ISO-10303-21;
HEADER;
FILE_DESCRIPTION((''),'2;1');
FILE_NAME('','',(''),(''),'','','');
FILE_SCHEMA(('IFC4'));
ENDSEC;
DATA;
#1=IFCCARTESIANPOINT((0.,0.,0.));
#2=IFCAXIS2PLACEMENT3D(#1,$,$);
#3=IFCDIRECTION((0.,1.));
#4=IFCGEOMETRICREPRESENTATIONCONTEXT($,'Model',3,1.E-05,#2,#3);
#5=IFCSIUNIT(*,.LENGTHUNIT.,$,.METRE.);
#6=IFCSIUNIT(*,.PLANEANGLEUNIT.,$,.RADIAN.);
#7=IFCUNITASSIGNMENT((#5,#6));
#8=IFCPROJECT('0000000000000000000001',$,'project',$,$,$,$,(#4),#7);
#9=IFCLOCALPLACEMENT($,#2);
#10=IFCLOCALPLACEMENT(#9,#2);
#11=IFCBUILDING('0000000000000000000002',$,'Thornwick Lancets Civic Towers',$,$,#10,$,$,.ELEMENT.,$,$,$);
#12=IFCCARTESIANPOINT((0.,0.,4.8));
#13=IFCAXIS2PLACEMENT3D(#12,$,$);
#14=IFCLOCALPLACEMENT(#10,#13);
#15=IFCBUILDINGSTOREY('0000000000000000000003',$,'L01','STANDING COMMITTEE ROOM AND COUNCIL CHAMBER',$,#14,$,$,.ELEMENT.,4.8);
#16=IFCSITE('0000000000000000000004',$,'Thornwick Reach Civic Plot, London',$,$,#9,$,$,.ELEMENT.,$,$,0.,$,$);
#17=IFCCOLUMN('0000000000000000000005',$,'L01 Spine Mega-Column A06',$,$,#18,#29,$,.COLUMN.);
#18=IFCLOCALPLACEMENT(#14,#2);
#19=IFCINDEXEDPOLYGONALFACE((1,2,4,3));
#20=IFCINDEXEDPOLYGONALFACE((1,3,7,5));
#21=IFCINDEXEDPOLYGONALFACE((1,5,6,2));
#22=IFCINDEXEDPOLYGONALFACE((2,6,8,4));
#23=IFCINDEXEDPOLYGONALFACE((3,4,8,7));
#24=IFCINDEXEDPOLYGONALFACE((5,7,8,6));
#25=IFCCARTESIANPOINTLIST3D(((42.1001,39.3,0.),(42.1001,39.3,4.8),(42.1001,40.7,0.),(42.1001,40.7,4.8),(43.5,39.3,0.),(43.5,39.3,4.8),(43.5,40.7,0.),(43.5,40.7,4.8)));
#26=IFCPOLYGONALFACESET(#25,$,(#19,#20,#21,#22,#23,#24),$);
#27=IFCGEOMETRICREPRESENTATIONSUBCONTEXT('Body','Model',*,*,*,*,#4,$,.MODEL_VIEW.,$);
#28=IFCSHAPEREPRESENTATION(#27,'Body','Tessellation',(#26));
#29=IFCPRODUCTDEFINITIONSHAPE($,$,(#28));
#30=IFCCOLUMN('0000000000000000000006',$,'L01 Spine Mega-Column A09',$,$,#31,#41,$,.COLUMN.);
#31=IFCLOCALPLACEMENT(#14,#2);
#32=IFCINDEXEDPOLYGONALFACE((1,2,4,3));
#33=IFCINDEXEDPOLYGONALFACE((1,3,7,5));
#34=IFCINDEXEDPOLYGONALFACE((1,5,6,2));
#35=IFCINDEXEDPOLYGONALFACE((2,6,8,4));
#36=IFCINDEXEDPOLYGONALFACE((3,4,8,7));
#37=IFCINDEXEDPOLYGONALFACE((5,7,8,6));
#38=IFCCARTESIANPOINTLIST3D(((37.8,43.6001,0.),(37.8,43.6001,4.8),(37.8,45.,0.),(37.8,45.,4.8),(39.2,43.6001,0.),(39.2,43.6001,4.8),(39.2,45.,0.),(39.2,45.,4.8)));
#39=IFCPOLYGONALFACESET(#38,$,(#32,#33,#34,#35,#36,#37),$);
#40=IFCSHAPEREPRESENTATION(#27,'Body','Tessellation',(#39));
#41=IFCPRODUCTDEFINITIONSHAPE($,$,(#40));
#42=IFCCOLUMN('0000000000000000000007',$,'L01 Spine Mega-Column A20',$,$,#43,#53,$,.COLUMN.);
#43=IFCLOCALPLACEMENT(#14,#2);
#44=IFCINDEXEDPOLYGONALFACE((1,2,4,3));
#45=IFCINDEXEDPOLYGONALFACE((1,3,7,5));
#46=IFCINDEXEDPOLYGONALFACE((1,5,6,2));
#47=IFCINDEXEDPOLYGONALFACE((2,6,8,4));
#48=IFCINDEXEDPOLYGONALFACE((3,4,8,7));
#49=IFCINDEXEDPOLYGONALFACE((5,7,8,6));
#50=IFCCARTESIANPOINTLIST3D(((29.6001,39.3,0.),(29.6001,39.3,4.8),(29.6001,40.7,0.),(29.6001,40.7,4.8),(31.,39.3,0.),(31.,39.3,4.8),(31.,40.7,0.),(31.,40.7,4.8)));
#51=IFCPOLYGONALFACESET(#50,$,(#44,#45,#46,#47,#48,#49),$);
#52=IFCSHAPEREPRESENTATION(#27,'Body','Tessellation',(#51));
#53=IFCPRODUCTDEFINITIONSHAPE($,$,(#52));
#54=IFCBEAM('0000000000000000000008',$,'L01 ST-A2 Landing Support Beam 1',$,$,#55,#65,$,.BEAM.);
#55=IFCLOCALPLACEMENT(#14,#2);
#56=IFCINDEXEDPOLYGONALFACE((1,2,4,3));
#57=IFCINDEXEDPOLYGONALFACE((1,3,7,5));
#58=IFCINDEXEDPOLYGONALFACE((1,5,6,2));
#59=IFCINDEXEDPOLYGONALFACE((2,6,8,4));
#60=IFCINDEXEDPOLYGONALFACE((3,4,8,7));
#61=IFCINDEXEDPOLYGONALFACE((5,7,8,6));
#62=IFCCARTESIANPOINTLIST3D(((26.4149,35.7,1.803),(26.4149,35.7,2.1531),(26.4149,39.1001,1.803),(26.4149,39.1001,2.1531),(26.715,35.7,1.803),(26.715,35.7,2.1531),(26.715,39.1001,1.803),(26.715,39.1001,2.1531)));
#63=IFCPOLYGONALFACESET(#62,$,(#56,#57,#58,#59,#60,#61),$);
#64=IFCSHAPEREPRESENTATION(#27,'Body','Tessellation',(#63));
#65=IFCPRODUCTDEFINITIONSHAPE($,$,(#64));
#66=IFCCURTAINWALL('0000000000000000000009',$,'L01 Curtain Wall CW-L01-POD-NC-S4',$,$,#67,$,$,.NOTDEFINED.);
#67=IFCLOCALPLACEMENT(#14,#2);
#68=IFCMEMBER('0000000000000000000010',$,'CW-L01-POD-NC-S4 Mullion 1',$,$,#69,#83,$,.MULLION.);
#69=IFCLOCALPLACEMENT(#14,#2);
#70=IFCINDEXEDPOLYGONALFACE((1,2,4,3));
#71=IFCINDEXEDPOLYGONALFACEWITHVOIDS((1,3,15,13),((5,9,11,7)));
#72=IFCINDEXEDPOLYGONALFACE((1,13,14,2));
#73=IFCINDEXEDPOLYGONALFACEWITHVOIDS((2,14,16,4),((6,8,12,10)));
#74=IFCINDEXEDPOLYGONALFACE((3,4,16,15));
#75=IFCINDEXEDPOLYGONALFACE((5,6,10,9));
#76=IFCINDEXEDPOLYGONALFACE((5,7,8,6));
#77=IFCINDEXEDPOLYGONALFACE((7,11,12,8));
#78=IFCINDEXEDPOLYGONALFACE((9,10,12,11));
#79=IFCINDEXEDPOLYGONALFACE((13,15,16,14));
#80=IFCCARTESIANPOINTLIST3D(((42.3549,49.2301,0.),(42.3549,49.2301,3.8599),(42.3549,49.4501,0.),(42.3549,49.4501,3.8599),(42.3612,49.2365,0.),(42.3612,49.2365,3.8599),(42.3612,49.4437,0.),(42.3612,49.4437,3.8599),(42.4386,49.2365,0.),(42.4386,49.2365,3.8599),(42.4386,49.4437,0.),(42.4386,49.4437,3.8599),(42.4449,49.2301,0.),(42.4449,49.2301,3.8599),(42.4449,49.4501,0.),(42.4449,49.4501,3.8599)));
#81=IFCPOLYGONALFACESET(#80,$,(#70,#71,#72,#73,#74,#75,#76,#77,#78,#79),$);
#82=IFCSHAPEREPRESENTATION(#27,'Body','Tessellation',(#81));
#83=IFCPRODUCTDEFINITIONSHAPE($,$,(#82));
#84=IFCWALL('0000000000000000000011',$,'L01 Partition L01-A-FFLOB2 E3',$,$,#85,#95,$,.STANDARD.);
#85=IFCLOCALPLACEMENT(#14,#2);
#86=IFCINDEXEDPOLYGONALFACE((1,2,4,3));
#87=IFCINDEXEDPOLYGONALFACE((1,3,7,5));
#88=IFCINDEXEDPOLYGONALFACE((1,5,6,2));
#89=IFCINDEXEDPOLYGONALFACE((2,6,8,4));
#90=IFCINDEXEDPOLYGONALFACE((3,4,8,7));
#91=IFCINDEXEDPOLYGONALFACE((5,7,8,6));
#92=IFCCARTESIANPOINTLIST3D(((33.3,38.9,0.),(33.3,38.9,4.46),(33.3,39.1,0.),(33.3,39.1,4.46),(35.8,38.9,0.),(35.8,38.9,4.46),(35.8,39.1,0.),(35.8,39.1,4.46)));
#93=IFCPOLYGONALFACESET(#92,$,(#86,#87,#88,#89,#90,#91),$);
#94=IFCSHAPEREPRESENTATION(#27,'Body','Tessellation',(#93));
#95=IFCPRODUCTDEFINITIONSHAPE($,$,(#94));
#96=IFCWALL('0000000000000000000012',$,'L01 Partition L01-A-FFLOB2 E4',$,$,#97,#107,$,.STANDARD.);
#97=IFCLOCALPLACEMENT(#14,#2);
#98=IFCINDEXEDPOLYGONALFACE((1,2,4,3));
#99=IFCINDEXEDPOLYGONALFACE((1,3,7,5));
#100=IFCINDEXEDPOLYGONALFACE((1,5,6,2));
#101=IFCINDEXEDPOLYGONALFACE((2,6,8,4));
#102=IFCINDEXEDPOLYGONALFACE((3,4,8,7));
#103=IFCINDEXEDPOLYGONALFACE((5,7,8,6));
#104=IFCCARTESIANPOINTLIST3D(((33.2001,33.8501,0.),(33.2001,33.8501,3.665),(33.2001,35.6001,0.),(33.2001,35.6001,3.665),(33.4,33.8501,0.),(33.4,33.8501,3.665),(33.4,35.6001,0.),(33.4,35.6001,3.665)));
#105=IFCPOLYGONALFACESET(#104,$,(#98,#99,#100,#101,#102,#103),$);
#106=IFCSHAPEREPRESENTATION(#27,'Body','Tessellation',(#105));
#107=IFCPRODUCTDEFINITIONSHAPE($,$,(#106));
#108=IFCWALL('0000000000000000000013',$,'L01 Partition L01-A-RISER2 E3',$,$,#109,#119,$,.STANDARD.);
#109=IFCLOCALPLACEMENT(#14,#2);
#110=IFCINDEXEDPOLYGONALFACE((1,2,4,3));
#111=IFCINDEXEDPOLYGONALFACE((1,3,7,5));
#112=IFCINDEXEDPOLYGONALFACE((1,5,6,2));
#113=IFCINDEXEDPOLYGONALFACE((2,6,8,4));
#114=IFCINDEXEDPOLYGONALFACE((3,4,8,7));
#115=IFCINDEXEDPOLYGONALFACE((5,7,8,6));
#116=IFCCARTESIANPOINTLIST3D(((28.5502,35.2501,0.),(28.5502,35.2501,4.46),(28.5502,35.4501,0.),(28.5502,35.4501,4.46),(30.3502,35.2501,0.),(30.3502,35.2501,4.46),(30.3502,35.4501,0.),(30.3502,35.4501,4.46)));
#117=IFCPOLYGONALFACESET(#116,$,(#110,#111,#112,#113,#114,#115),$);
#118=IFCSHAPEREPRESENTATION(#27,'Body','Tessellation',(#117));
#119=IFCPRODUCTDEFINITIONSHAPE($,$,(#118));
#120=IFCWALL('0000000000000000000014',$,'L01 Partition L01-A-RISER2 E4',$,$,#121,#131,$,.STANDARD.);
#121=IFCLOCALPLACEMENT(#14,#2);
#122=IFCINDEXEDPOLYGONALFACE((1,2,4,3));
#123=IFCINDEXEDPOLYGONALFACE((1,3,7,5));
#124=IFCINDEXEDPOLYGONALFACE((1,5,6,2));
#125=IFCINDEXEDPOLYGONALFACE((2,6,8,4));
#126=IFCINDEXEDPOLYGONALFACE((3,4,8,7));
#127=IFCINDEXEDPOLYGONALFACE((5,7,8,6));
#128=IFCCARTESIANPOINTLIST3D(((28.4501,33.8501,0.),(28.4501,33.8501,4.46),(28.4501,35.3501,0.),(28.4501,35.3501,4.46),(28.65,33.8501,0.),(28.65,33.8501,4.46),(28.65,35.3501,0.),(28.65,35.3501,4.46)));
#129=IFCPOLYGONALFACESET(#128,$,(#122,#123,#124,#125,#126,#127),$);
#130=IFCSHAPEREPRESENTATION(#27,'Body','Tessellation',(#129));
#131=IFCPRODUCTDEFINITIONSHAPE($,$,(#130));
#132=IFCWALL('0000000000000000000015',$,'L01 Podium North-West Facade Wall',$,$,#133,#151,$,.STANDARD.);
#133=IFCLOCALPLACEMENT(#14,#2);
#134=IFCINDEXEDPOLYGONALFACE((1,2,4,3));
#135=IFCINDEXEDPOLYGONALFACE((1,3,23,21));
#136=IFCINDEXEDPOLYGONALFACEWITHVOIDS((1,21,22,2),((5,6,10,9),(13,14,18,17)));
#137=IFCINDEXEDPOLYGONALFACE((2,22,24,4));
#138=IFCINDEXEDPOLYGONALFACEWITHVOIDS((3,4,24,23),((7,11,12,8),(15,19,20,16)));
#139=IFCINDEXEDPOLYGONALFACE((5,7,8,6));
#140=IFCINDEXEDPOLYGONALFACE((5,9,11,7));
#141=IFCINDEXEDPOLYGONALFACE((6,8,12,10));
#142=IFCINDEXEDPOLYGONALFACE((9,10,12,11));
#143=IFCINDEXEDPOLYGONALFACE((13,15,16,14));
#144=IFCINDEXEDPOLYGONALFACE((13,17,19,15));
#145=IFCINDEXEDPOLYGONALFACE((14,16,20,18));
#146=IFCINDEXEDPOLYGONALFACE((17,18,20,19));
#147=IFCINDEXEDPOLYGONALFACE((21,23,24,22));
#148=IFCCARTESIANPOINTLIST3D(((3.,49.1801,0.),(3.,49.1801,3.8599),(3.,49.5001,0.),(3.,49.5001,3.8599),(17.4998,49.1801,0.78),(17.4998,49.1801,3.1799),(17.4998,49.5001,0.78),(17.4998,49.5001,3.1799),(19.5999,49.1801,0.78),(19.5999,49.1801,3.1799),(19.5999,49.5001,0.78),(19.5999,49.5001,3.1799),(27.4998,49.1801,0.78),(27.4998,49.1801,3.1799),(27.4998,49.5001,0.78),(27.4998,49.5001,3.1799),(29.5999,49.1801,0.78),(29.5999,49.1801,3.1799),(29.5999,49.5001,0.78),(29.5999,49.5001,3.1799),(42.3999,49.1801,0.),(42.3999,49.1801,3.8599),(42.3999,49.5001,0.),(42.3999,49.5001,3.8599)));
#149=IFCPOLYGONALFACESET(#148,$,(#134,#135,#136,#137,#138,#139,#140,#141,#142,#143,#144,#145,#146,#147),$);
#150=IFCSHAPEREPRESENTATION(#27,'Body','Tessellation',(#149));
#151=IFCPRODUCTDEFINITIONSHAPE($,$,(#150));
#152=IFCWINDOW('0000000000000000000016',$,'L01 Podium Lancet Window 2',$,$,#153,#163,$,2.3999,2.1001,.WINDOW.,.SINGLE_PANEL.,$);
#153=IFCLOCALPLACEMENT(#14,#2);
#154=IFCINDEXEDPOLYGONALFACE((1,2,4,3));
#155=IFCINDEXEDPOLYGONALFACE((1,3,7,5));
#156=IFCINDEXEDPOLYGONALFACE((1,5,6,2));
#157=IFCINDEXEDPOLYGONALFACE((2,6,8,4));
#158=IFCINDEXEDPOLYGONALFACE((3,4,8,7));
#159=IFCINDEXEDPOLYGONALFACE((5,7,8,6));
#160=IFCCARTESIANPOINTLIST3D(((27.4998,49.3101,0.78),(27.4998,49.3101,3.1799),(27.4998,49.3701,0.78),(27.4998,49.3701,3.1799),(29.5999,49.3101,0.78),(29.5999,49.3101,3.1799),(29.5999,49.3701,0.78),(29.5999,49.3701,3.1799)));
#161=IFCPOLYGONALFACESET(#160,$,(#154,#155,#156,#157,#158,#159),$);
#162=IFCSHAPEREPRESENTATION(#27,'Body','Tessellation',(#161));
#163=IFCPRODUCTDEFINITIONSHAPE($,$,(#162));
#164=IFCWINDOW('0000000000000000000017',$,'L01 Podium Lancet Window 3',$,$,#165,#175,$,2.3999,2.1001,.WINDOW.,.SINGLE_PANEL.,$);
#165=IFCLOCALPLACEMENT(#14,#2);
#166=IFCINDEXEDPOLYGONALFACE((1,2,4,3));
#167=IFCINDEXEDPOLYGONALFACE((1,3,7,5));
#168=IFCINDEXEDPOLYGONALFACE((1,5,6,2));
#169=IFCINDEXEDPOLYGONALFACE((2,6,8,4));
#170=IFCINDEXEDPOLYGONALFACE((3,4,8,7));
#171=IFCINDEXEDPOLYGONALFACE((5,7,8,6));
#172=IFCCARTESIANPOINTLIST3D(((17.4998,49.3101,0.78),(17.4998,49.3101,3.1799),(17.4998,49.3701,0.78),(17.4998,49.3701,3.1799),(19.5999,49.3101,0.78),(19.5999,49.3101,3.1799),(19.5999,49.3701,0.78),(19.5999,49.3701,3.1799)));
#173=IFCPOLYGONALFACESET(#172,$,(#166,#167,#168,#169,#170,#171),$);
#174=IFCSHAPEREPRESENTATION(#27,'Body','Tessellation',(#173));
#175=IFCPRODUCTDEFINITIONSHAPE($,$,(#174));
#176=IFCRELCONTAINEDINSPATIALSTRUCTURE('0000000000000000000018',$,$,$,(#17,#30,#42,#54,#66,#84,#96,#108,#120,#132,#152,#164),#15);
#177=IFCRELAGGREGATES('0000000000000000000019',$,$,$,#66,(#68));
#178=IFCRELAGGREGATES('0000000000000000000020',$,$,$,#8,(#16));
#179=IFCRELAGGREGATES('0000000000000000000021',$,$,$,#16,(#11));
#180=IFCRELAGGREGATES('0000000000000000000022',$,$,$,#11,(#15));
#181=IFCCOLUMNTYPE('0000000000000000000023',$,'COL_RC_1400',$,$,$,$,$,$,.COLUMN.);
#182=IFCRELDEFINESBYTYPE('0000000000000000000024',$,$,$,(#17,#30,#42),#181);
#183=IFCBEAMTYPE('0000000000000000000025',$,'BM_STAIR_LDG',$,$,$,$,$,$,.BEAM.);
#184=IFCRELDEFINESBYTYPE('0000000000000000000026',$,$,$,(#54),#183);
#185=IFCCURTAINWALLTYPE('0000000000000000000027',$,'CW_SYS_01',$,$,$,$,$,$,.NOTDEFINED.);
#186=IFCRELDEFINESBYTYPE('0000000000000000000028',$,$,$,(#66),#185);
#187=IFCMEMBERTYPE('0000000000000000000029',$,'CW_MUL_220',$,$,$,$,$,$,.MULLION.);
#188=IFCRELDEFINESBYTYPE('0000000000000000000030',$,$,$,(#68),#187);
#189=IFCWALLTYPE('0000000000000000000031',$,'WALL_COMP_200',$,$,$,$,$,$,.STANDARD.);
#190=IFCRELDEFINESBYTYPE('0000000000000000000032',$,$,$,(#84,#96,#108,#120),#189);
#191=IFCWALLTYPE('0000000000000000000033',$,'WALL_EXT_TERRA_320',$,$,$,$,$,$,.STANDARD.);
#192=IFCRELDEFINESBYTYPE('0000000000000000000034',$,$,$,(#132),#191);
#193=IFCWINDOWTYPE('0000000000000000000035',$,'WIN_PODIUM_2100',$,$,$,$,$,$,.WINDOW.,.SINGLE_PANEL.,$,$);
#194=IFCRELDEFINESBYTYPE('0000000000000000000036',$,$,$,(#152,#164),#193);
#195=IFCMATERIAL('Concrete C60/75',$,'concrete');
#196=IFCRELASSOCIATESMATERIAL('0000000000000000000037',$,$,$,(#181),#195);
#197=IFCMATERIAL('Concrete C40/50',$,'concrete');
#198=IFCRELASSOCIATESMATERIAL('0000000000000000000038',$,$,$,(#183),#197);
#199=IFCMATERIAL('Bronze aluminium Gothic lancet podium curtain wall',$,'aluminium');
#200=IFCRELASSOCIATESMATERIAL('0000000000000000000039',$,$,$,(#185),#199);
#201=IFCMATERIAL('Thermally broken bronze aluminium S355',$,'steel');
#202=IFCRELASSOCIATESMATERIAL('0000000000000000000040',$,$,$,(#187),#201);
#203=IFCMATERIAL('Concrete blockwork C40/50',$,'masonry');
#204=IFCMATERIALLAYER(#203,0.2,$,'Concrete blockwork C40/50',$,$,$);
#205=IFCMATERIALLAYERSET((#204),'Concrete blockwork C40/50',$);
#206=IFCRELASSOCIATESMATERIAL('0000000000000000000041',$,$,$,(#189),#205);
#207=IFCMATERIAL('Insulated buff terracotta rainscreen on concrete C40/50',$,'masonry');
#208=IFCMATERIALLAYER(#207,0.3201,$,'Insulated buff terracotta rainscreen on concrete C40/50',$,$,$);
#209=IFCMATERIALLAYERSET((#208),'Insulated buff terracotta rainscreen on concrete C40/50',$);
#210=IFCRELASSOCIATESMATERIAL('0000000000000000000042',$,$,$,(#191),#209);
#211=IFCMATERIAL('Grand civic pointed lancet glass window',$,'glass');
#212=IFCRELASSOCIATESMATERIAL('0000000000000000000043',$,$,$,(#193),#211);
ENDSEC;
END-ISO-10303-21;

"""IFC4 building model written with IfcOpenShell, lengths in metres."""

from ifc_helpers import new_model, si_unit, direction, frame, frame_2d, origin, origin_2d, place, context, subcontext, project, spatial, rectangle, hollow_rectangle, extrude, material, layer, layer_set, material_profile, profile_set, type_object, element, fill, aggregate, save


model = new_model("IFC4")

# Units and contexts
model_context = context("Model", 3, precision=1e-05, world=origin(), true_north=direction((0.0, 1.0)))
body_context = subcontext(model_context, "Body", "Model", "MODEL_VIEW")
ifc_project = project(units=[si_unit("LENGTHUNIT", "METRE"), si_unit("PLANEANGLEUNIT", "RADIAN")], contexts=[model_context])

# Site, building, storey
site_placement = place(None, origin())
site = spatial("IfcSite", under=ifc_project, at=site_placement, Name="Thornwick Reach Civic Plot, London", CompositionType="ELEMENT", RefElevation=0.0)
building_placement = place(site_placement, origin())
building = spatial("IfcBuilding", under=site, at=building_placement, Name="Thornwick Lancets Civic Towers", CompositionType="ELEMENT")
storey_placement = place(building_placement, frame((0.0, 0.0, 4.8)))
storey = spatial("IfcBuildingStorey", under=building, at=storey_placement, Name="L01", Description="STANDING COMMITTEE ROOM AND COUNCIL CHAMBER", CompositionType="ELEMENT", Elevation=4.8)

# Columns
ifc_material_1 = material(Name="Concrete C60/75", Category="concrete")
ifc_material_profile_1 = material_profile(ifc_material_1, rectangle(XDim=1.3999, YDim=1.3999, at=origin_2d()), Name="RC 1400x1400")
ifc_profile_set_1 = profile_set([ifc_material_profile_1], Name="Concrete C60/75")
column_type = type_object("IfcColumnType", Name="COL_RC_1400", PredefinedType="COLUMN", material=ifc_profile_set_1)
for number, where, z_axis, x_axis, name in (
    (1, (42.8, 40.0, 0.0), (0.0, 0.0, 1.0), (1.0, 0.0, 0.0), "L01 Spine Mega-Column A06"),
    (2, (38.5, 44.3, 0.0), (0.0, 0.0, 1.0), (1.0, 0.0, 0.0), "L01 Spine Mega-Column A09"),
    (3, (30.3, 40.0, 0.0), (0.0, 0.0, 1.0), (1.0, 0.0, 0.0), "L01 Spine Mega-Column A20"),
):
    element("IfcColumn", number, at=place(storey_placement, frame(where, z_axis=z_axis, x_axis=x_axis)), inside=storey, type_object=column_type, Name=name, PredefinedType="COLUMN", context=body_context, shape_type="SweptSolid", body=[
        extrude(rectangle(XDim=1.3999, YDim=1.3999, at=origin_2d()), origin(), (0.0, 0.0, 1.0), 4.8),
    ])

# Beam
ifc_material_2 = material(Name="Concrete C40/50", Category="concrete")
ifc_material_profile_2 = material_profile(ifc_material_2, rectangle(XDim=0.3, YDim=0.3501, at=origin_2d()), Name="RC 300x350")
ifc_profile_set_2 = profile_set([ifc_material_profile_2], Name="Concrete C40/50")
beam_type = type_object("IfcBeamType", Name="BM_STAIR_LDG", PredefinedType="BEAM", material=ifc_profile_set_2)
beam_placement = place(storey_placement, frame((26.5649, 39.1001, 1.978), z_axis=(0.0, -1.0, 0.0), x_axis=(1.0, 0.0, 0.0)))
element("IfcBeam", 4, at=beam_placement, inside=storey, type_object=beam_type, Name="L01 ST-A2 Landing Support Beam 1", PredefinedType="BEAM", context=body_context, shape_type="SweptSolid", body=[
    extrude(rectangle(XDim=0.3, YDim=0.3501, at=origin_2d()), origin(), (0.0, 0.0, 1.0), 3.4001),
])

# Curtain wall, member
ifc_material_3 = material(Name="Bronze aluminium Gothic lancet podium curtain wall", Category="aluminium")
curtain_wall_type = type_object("IfcCurtainWallType", Name="CW_SYS_01", PredefinedType="NOTDEFINED", material=ifc_material_3)
curtain_wall_placement = place(storey_placement, origin())
curtain_wall = element("IfcCurtainWall", 5, at=curtain_wall_placement, inside=storey, type_object=curtain_wall_type, Name="L01 Curtain Wall CW-L01-POD-NC-S4", PredefinedType="NOTDEFINED")
ifc_material_4 = material(Name="Thermally broken bronze aluminium S355", Category="steel")
ifc_material_profile_3 = material_profile(ifc_material_4, hollow_rectangle(XDim=0.0901, YDim=0.22, WallThickness=0.0063, at=origin_2d()), Name="RHS 220x90x6.3")
ifc_profile_set_3 = profile_set([ifc_material_profile_3], Name="Thermally broken bronze aluminium S355")
member_type = type_object("IfcMemberType", Name="CW_MUL_220", PredefinedType="MULLION", material=ifc_profile_set_3)
member_placement = place(storey_placement, frame((42.3999, 49.3401, 0.0), z_axis=(0.0, 0.0, 1.0), x_axis=(1.0, 0.0, 0.0)))
member = element("IfcMember", 6, at=member_placement, type_object=member_type, Name="CW-L01-POD-NC-S4 Mullion 1", PredefinedType="MULLION", context=body_context, shape_type="SweptSolid", body=[
    extrude(hollow_rectangle(XDim=0.0901, YDim=0.22, WallThickness=0.0063, at=origin_2d()), origin(), (0.0, 0.0, 1.0), 3.8599),
])
aggregate(curtain_wall, [member])

# Walls
ifc_material_5 = material(Name="Concrete blockwork C40/50", Category="masonry")
ifc_layer_1 = layer(ifc_material_5, 0.2, Name="Concrete blockwork C40/50")
ifc_layer_set_1 = layer_set([ifc_layer_1], Name="Concrete blockwork C40/50")
wall_type_1 = type_object("IfcWallType", Name="WALL_COMP_200", PredefinedType="STANDARD", material=ifc_layer_set_1)
wall_1_placement = place(storey_placement, frame((35.8, 39.0, 0.0), z_axis=(0.0, 0.0, 1.0), x_axis=(-1.0, 0.0, 0.0)))
element("IfcWall", 7, at=wall_1_placement, inside=storey, type_object=wall_type_1, Name="L01 Partition L01-A-FFLOB2 E3", PredefinedType="STANDARD", context=body_context, shape_type="SweptSolid", body=[
    extrude(rectangle(XDim=2.5, YDim=0.2, at=frame_2d((1.25, 0.0))), origin(), (0.0, 0.0, 1.0), 4.46),
])
wall_2_placement = place(storey_placement, frame((33.3, 35.6001, 0.0), z_axis=(0.0, 0.0, 1.0), x_axis=(0.0, -1.0, 0.0)))
element("IfcWall", 8, at=wall_2_placement, inside=storey, type_object=wall_type_1, Name="L01 Partition L01-A-FFLOB2 E4", PredefinedType="STANDARD", context=body_context, shape_type="SweptSolid", body=[
    extrude(rectangle(XDim=1.75, YDim=0.2, at=frame_2d((0.875, 0.0))), origin(), (0.0, 0.0, 1.0), 3.665),
])
wall_3_placement = place(storey_placement, frame((30.3501, 35.3501, 0.0), z_axis=(0.0, 0.0, 1.0), x_axis=(-1.0, 0.0, 0.0)))
element("IfcWall", 9, at=wall_3_placement, inside=storey, type_object=wall_type_1, Name="L01 Partition L01-A-RISER2 E3", PredefinedType="STANDARD", context=body_context, shape_type="SweptSolid", body=[
    extrude(rectangle(XDim=1.8, YDim=0.2, at=frame_2d((0.8999, 0.0))), origin(), (0.0, 0.0, 1.0), 4.46),
])
wall_4_placement = place(storey_placement, frame((28.55, 35.3501, 0.0), z_axis=(0.0, 0.0, 1.0), x_axis=(0.0, -1.0, 0.0)))
element("IfcWall", 10, at=wall_4_placement, inside=storey, type_object=wall_type_1, Name="L01 Partition L01-A-RISER2 E4", PredefinedType="STANDARD", context=body_context, shape_type="SweptSolid", body=[
    extrude(rectangle(XDim=1.5, YDim=0.2, at=frame_2d((0.75, 0.0))), origin(), (0.0, 0.0, 1.0), 4.46),
])

# Wall, openings, windows
ifc_material_6 = material(Name="Insulated buff terracotta rainscreen on concrete C40/50", Category="masonry")
ifc_layer_2 = layer(ifc_material_6, 0.3201, Name="Insulated buff terracotta rainscreen on concrete C40/50")
ifc_layer_set_2 = layer_set([ifc_layer_2], Name="Insulated buff terracotta rainscreen on concrete C40/50")
wall_type_2 = type_object("IfcWallType", Name="WALL_EXT_TERRA_320", PredefinedType="STANDARD", material=ifc_layer_set_2)
wall_5_placement = place(storey_placement, frame((42.3999, 49.3401, 0.0), z_axis=(0.0, 0.0, 1.0), x_axis=(-1.0, 0.0, 0.0)))
wall_5 = element("IfcWall", 11, at=wall_5_placement, inside=storey, type_object=wall_type_2, Name="L01 Podium North-West Facade Wall", PredefinedType="STANDARD", context=body_context, shape_type="SweptSolid", body=[
    extrude(rectangle(XDim=39.3999, YDim=0.3201, at=frame_2d((19.7, 0.0))), origin(), (0.0, 0.0, 1.0), 3.8599),
])
opening_1_placement = place(wall_5_placement, frame((12.8, 0.0, 0.78)))
opening_1 = element("IfcOpeningElement", 12, at=opening_1_placement, cuts=wall_5, PredefinedType="OPENING", context=body_context, shape_type="SweptSolid", body=[
    extrude(rectangle(XDim=2.1001, YDim=2.3999, at=frame_2d((1.05, 1.2))), frame((0.0, 0.1699, 0.0), z_axis=(0.0, -1.0, 0.0), x_axis=(1.0, 0.0, 0.0)), (0.0, 0.0, 1.0), 0.3401),
])
opening_2_placement = place(wall_5_placement, frame((22.8, 0.0, 0.78)))
opening_2 = element("IfcOpeningElement", 13, at=opening_2_placement, cuts=wall_5, PredefinedType="OPENING", context=body_context, shape_type="SweptSolid", body=[
    extrude(rectangle(XDim=2.1001, YDim=2.3999, at=frame_2d((1.05, 1.2))), frame((0.0, 0.1699, 0.0), z_axis=(0.0, -1.0, 0.0), x_axis=(1.0, 0.0, 0.0)), (0.0, 0.0, 1.0), 0.3401),
])
ifc_material_7 = material(Name="Grand civic pointed lancet glass window", Category="glass")
window_type = type_object("IfcWindowType", Name="WIN_PODIUM_2100", PartitioningType="SINGLE_PANEL", PredefinedType="WINDOW", material=ifc_material_7)
window_1_placement = place(opening_1_placement, origin())
window_1 = element("IfcWindow", 14, at=window_1_placement, inside=storey, type_object=window_type, Name="L01 Podium Lancet Window 2", OverallHeight=2.3999, OverallWidth=2.1001, PartitioningType="SINGLE_PANEL", PredefinedType="WINDOW", context=body_context, shape_type="SweptSolid", body=[
    extrude(rectangle(XDim=2.1001, YDim=2.3999, at=frame_2d((1.05, 1.2))), frame((0.0, 0.03, 0.0), z_axis=(0.0, -1.0, 0.0), x_axis=(1.0, 0.0, 0.0)), (0.0, 0.0, 1.0), 0.0601),
])
fill(opening_1, window_1)
window_2_placement = place(opening_2_placement, origin())
window_2 = element("IfcWindow", 15, at=window_2_placement, inside=storey, type_object=window_type, Name="L01 Podium Lancet Window 3", OverallHeight=2.3999, OverallWidth=2.1001, PartitioningType="SINGLE_PANEL", PredefinedType="WINDOW", context=body_context, shape_type="SweptSolid", body=[
    extrude(rectangle(XDim=2.1001, YDim=2.3999, at=frame_2d((1.05, 1.2))), frame((0.0, 0.03, 0.0), z_axis=(0.0, -1.0, 0.0), x_axis=(1.0, 0.0, 0.0)), (0.0, 0.0, 1.0), 0.0601),
])
fill(opening_2, window_2)

save(model, "model.ifc")
